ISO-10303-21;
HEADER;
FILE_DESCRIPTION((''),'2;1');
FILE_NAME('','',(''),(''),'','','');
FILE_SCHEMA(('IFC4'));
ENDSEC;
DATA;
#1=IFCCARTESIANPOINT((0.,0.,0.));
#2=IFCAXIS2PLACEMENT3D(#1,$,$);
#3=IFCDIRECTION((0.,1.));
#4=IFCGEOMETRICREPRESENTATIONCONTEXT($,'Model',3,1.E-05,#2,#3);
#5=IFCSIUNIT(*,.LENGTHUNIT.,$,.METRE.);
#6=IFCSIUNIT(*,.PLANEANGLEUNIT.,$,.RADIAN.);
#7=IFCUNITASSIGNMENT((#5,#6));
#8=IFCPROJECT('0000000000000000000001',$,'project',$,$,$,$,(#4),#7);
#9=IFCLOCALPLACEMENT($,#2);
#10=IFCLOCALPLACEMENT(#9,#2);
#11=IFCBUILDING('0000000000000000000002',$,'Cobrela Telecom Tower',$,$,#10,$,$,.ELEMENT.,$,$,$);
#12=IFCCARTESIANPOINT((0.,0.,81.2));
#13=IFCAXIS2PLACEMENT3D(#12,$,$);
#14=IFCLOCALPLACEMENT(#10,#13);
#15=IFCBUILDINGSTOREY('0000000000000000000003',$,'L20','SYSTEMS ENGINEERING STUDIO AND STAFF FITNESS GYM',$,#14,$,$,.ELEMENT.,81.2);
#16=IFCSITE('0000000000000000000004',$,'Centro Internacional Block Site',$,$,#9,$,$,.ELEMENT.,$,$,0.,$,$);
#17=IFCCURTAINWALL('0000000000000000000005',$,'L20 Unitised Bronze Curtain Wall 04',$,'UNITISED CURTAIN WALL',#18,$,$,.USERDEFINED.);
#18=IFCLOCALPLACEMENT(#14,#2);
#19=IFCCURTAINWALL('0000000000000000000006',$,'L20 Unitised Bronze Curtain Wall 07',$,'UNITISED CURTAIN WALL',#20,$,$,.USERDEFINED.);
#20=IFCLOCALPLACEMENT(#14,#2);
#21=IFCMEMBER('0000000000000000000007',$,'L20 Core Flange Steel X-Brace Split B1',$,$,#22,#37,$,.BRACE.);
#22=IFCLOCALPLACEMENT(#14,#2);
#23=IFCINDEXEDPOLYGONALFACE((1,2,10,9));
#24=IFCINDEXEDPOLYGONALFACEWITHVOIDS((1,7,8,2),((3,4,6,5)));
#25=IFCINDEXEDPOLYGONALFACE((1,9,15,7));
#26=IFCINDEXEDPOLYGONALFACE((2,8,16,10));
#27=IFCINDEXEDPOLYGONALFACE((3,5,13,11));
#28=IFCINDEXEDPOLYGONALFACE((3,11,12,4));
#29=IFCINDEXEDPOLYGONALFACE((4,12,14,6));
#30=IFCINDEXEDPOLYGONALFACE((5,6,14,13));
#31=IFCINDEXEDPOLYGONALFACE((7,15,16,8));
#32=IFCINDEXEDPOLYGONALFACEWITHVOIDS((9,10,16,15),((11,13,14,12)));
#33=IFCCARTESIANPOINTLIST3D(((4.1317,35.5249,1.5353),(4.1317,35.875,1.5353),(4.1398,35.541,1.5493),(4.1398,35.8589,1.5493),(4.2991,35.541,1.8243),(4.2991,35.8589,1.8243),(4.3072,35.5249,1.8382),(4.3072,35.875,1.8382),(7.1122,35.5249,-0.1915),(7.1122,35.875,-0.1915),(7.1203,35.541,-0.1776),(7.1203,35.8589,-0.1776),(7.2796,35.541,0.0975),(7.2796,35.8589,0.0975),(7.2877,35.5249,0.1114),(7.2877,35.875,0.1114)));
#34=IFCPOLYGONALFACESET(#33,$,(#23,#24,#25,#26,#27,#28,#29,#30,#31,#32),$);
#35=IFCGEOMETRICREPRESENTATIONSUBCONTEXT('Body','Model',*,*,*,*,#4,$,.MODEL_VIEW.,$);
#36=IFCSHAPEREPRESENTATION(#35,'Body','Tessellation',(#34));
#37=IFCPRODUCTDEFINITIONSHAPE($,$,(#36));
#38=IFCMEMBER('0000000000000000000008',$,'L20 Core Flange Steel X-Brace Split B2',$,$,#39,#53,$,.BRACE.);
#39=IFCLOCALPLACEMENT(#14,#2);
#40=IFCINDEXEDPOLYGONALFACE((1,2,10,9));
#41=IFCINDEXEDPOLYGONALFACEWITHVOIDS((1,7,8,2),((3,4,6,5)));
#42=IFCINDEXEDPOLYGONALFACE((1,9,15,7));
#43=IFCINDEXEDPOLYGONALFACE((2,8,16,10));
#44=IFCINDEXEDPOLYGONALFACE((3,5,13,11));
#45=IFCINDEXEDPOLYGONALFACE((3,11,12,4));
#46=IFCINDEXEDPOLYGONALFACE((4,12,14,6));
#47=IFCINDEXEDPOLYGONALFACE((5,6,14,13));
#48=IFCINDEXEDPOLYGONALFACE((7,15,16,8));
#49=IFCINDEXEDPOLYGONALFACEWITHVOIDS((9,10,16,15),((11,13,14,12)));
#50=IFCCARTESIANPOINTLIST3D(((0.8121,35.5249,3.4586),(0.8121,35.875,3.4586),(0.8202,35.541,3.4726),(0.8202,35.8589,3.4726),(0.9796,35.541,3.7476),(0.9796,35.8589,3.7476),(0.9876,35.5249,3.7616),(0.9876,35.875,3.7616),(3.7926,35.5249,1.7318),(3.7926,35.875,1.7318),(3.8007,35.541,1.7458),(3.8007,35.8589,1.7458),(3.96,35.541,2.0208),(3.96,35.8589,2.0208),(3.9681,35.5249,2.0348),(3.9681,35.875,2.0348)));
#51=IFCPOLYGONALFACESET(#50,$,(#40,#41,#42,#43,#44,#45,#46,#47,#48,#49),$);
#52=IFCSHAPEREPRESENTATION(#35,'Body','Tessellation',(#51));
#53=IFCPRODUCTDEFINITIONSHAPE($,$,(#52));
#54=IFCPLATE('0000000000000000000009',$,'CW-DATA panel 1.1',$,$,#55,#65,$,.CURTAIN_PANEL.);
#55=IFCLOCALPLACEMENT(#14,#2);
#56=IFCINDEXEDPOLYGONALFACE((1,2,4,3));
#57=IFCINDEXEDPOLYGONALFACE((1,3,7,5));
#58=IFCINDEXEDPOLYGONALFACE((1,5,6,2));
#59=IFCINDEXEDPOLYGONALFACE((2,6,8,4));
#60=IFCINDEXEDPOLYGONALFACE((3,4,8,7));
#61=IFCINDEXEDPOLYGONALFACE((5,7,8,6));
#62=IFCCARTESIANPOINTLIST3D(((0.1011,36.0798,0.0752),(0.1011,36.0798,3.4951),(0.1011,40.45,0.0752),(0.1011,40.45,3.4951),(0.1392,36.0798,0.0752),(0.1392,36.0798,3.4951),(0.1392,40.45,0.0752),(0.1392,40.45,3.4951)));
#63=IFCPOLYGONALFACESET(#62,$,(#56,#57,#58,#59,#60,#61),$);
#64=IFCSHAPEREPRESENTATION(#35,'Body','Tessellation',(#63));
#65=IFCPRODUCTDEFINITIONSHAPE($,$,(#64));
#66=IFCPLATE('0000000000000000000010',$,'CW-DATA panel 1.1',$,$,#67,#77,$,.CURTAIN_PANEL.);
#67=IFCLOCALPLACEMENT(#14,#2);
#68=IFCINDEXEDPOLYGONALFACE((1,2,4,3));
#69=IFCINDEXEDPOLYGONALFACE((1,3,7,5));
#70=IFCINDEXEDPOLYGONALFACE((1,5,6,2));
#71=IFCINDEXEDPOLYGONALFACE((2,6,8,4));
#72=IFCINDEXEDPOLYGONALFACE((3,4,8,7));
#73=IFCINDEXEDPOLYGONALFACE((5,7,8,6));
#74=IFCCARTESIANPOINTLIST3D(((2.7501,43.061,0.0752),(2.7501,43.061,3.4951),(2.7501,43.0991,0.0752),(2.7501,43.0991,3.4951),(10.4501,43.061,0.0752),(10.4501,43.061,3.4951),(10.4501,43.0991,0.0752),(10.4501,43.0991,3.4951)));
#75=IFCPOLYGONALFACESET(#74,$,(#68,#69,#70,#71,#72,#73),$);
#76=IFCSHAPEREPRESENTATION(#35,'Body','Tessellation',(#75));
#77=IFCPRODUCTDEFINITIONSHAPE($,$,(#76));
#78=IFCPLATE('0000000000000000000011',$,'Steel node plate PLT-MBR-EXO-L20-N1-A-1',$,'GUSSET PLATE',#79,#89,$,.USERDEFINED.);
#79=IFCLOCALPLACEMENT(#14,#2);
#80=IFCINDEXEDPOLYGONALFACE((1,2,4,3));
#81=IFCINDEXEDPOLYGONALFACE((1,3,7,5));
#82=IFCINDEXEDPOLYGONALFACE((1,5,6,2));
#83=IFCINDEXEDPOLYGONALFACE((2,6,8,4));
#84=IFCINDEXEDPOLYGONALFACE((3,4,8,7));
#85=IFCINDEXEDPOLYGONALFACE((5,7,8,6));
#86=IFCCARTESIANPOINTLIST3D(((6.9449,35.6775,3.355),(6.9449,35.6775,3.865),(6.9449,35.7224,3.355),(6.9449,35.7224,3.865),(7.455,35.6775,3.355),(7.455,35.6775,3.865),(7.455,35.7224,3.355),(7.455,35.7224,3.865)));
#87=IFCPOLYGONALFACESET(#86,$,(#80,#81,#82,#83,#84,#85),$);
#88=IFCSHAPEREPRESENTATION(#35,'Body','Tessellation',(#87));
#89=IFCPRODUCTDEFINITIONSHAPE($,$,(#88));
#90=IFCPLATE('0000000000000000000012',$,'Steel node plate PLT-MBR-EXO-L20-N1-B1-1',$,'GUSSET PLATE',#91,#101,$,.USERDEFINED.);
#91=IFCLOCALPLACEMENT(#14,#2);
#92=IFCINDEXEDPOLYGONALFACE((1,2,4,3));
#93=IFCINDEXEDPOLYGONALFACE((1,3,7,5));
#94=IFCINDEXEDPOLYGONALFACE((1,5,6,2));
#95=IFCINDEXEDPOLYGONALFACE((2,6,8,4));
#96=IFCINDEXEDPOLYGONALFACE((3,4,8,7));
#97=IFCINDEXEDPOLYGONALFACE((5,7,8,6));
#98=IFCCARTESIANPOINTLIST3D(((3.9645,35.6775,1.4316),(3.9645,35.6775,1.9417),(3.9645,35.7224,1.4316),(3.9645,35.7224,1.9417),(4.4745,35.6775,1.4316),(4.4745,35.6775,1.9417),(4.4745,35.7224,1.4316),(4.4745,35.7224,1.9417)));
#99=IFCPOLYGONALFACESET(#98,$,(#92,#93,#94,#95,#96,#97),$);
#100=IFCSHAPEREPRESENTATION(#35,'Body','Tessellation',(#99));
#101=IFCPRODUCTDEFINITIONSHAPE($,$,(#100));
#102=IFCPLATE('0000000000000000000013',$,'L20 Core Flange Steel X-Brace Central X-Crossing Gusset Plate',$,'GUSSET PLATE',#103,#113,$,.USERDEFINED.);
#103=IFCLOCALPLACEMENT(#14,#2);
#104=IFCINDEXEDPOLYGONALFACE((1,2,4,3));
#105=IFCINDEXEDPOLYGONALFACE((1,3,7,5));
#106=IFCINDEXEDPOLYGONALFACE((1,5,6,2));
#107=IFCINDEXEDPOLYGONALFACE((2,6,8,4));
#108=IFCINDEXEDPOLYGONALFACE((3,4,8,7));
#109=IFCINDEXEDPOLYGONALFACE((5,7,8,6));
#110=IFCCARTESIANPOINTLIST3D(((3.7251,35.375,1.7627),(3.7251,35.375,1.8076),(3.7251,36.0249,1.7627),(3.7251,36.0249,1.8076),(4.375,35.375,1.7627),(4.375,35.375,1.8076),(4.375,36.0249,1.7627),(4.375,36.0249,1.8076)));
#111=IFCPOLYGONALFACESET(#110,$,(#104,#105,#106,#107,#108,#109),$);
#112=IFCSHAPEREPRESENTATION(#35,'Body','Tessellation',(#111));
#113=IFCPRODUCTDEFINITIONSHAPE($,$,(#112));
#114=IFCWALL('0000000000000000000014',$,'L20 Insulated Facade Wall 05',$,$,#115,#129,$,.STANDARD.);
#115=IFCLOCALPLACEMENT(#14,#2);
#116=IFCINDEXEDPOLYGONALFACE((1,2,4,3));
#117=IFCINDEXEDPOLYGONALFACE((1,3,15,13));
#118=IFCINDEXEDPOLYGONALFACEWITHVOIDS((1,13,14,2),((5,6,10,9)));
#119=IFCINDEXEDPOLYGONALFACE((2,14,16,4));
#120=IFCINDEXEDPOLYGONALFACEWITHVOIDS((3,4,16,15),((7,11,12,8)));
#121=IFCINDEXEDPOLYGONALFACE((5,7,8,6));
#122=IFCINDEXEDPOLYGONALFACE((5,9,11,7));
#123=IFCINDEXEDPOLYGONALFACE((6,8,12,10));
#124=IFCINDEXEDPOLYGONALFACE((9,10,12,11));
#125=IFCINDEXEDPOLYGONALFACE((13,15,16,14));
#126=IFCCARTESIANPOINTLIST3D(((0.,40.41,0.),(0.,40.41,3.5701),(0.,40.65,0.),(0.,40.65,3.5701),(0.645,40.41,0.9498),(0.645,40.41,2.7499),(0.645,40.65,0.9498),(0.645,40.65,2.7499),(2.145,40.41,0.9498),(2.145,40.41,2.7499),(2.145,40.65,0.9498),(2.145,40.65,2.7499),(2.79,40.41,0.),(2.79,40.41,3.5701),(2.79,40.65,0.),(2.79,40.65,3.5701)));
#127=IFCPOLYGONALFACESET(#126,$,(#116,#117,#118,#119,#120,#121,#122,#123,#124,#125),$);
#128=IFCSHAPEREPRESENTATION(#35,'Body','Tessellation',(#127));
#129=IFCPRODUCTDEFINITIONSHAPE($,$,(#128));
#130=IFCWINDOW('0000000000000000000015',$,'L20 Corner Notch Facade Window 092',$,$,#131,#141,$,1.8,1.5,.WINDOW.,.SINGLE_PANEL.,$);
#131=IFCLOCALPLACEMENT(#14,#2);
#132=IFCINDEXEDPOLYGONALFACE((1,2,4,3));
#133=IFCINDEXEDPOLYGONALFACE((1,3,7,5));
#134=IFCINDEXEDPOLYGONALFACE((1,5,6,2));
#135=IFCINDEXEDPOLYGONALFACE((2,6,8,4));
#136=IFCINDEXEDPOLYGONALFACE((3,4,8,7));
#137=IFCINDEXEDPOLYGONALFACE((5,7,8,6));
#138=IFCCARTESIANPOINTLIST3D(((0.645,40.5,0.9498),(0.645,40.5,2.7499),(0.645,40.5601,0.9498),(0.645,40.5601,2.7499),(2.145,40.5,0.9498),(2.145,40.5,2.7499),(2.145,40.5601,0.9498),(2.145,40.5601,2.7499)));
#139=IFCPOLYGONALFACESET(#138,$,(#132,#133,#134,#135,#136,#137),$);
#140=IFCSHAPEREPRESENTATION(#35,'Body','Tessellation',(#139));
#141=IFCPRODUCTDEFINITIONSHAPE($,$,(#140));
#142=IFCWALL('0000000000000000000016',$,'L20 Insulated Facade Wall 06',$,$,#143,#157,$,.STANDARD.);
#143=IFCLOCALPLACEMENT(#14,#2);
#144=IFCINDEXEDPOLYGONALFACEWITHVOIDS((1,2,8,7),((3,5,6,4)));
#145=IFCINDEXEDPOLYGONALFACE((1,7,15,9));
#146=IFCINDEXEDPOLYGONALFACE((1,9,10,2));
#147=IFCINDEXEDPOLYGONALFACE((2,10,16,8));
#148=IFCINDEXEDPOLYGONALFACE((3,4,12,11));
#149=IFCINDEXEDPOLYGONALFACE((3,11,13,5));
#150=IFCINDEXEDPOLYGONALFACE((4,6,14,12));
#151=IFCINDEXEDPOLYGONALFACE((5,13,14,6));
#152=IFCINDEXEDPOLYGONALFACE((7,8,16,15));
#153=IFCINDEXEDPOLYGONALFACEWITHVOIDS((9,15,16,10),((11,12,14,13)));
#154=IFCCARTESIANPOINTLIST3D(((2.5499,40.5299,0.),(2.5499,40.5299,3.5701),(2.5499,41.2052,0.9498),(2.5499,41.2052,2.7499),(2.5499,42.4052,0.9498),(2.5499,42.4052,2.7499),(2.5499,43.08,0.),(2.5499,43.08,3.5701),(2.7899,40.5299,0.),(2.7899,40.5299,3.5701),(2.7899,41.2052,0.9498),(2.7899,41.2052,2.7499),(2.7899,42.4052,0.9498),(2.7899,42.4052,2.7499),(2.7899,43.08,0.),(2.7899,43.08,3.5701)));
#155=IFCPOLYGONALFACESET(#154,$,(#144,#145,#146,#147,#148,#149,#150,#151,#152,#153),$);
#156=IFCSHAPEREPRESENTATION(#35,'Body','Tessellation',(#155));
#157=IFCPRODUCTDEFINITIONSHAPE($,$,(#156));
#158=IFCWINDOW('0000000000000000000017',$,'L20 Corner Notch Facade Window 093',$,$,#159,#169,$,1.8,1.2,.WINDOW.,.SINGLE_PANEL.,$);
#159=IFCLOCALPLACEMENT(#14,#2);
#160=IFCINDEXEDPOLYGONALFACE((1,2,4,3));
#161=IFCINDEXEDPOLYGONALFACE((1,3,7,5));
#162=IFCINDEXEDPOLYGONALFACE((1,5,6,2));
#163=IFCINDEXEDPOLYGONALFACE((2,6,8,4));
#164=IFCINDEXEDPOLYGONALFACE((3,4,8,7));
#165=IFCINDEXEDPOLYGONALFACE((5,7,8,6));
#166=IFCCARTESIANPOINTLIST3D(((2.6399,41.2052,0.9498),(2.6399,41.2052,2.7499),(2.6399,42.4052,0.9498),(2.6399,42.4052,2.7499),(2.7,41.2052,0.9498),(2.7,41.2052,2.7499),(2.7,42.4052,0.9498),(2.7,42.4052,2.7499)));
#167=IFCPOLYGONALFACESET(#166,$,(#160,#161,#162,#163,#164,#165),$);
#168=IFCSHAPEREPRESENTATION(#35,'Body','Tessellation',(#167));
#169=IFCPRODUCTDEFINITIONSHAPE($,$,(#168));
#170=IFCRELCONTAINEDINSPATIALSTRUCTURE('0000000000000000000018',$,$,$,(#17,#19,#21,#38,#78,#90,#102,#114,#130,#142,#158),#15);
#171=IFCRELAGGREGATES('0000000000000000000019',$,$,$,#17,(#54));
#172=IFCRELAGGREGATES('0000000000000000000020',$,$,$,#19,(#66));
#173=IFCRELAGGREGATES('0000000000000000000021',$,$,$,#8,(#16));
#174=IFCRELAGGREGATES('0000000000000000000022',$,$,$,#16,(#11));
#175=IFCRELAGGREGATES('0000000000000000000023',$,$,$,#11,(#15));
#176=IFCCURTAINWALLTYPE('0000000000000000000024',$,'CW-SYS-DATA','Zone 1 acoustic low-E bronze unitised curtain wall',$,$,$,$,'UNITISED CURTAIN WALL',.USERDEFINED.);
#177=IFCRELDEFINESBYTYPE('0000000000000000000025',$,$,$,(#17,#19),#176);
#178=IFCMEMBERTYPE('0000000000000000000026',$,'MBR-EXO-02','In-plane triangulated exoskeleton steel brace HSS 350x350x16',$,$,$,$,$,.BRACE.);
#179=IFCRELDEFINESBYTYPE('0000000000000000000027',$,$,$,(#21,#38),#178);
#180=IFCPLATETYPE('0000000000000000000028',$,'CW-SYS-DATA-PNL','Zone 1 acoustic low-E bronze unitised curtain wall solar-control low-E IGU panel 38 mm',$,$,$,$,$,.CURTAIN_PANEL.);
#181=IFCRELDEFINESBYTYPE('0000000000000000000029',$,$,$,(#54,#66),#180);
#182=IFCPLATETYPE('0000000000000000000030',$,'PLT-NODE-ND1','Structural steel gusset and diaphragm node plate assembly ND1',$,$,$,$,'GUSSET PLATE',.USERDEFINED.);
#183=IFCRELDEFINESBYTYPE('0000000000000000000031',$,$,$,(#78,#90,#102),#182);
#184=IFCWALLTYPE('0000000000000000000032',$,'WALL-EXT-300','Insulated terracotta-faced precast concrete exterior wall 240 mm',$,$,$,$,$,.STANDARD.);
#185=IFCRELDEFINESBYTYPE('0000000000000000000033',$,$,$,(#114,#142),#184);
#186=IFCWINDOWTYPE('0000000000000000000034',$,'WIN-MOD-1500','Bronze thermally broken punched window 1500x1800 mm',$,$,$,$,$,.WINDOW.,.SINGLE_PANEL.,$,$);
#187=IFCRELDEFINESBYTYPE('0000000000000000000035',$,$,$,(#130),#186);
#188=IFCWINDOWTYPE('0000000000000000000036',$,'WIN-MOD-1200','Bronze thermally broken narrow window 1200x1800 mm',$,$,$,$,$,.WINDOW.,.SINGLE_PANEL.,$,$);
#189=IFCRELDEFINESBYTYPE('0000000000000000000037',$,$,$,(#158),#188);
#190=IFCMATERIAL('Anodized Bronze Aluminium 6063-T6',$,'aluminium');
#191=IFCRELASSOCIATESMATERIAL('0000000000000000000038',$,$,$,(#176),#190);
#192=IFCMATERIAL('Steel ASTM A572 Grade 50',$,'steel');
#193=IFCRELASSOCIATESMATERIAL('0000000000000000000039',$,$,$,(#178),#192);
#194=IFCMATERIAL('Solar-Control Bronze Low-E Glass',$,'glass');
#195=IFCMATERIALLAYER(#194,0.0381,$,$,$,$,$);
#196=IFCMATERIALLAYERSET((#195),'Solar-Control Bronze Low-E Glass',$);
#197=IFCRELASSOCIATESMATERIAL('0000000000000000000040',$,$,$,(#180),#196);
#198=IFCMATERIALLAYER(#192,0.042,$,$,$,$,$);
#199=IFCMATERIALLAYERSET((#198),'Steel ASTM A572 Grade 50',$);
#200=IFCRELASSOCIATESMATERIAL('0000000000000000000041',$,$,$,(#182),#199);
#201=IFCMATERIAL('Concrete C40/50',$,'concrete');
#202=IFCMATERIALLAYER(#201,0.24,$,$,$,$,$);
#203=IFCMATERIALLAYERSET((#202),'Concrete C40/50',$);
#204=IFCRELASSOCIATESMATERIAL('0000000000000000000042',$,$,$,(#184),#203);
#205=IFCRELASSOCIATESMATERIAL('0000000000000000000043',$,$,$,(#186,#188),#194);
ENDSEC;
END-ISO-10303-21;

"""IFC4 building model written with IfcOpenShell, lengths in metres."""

from ifc_helpers import new_model, si_unit, direction, frame, frame_2d, origin, origin_2d, place, context, subcontext, project, spatial, rectangle, hollow_rectangle, extrude, material, layer, layer_set, material_profile, profile_set, type_object, element, fill, aggregate, save


model = new_model("IFC4")

# Units and contexts
model_context = context("Model", 3, precision=1e-05, world=origin(), true_north=direction((0.0, 1.0)))
body_context = subcontext(model_context, "Body", "Model", "MODEL_VIEW")
ifc_project = project(units=[si_unit("LENGTHUNIT", "METRE"), si_unit("PLANEANGLEUNIT", "RADIAN")], contexts=[model_context])

# Site, building, storey
site_placement = place(None, origin())
site = spatial("IfcSite", under=ifc_project, at=site_placement, Name="Centro Internacional Block Site", CompositionType="ELEMENT", RefElevation=0.0)
building_placement = place(site_placement, origin())
building = spatial("IfcBuilding", under=site, at=building_placement, Name="Cobrela Telecom Tower", CompositionType="ELEMENT")
storey_placement = place(building_placement, frame((0.0, 0.0, 81.2)))
storey = spatial("IfcBuildingStorey", under=building, at=storey_placement, Name="L20", Description="SYSTEMS ENGINEERING STUDIO AND STAFF FITNESS GYM", CompositionType="ELEMENT", Elevation=81.2)

# Shared definitions
ifc_material_1 = material(Name="Steel ASTM A572 Grade 50", Category="steel")

# Curtain wall
ifc_material_2 = material(Name="Anodized Bronze Aluminium 6063-T6", Category="aluminium")
curtain_wall_type = type_object("IfcCurtainWallType", Name="CW-SYS-DATA", Description="Zone 1 acoustic low-E bronze unitised curtain wall", ElementType="UNITISED CURTAIN WALL", PredefinedType="USERDEFINED", material=ifc_material_2)
curtain_wall_1_placement = place(storey_placement, origin())
curtain_wall_1 = element("IfcCurtainWall", 1, at=curtain_wall_1_placement, inside=storey, type_object=curtain_wall_type, Name="L20 Unitised Bronze Curtain Wall 04", ObjectType="UNITISED CURTAIN WALL", PredefinedType="USERDEFINED")

# Curtain wall
curtain_wall_2_placement = place(storey_placement, origin())
curtain_wall_2 = element("IfcCurtainWall", 2, at=curtain_wall_2_placement, inside=storey, type_object=curtain_wall_type, Name="L20 Unitised Bronze Curtain Wall 07", ObjectType="UNITISED CURTAIN WALL", PredefinedType="USERDEFINED")

# Members
ifc_material_profile_1 = material_profile(ifc_material_1, hollow_rectangle(XDim=0.3501, YDim=0.3501, WallThickness=0.0161, at=origin_2d()), Name="HSS 350x350x16")
ifc_profile_set_1 = profile_set([ifc_material_profile_1], Name="Steel ASTM A572 Grade 50")
member_type_1 = type_object("IfcMemberType", Name="MBR-EXO-02", Description="In-plane triangulated exoskeleton steel brace HSS 350x350x16", PredefinedType="BRACE", material=ifc_profile_set_1)
for number, where, z_axis, x_axis, name in (
    (3, (7.2, 35.7, -0.04), (-0.865266, 0.0, 0.501313), (0.0, -1.0, 0.0), "L20 Core Flange Steel X-Brace Split B1"),
    (4, (3.8804, 35.7, 1.8833), (-0.865266, 0.0, 0.501313), (0.0, -1.0, 0.0), "L20 Core Flange Steel X-Brace Split B2"),
):
    element("IfcMember", number, at=place(storey_placement, frame(where, z_axis=z_axis, x_axis=x_axis)), inside=storey, type_object=member_type_1, Name=name, PredefinedType="BRACE", context=body_context, shape_type="SweptSolid", body=[
        extrude(hollow_rectangle(XDim=0.3501, YDim=0.3501, WallThickness=0.0161, at=origin_2d()), origin(), (0.0, 0.0, 1.0), 3.4446),
    ])

# Plates
ifc_material_3 = material(Name="Solar-Control Bronze Low-E Glass", Category="glass")
ifc_layer_1 = layer(ifc_material_3, 0.0381)
ifc_layer_set_1 = layer_set([ifc_layer_1], Name="Solar-Control Bronze Low-E Glass")
plate_type_1 = type_object("IfcPlateType", Name="CW-SYS-DATA-PNL", Description="Zone 1 acoustic low-E bronze unitised curtain wall solar-control low-E IGU panel 38 mm", PredefinedType="CURTAIN_PANEL", material=ifc_layer_set_1)
plate_1_placement = place(storey_placement, frame((0.1201, 38.2649, 0.0752), z_axis=(0.0, 0.0, 1.0), x_axis=(0.0, 1.0, 0.0)))
plate_1 = element("IfcPlate", 5, at=plate_1_placement, type_object=plate_type_1, Name="CW-DATA panel 1.1", PredefinedType="CURTAIN_PANEL", context=body_context, shape_type="SweptSolid", body=[
    extrude(rectangle(XDim=4.3701, YDim=0.0381, at=origin_2d()), origin(), (0.0, 0.0, 1.0), 3.4199),
])
aggregate(curtain_wall_1, [plate_1])
plate_2_placement = place(storey_placement, frame((6.6001, 43.0801, 0.0752), z_axis=(0.0, 0.0, 1.0), x_axis=(1.0, 0.0, 0.0)))
plate_2 = element("IfcPlate", 6, at=plate_2_placement, type_object=plate_type_1, Name="CW-DATA panel 1.1", PredefinedType="CURTAIN_PANEL", context=body_context, shape_type="SweptSolid", body=[
    extrude(rectangle(XDim=7.7, YDim=0.0381, at=origin_2d()), origin(), (0.0, 0.0, 1.0), 3.4199),
])
aggregate(curtain_wall_2, [plate_2])

# Plates
ifc_layer_2 = layer(ifc_material_1, 0.042)
ifc_layer_set_2 = layer_set([ifc_layer_2], Name="Steel ASTM A572 Grade 50")
plate_type_2 = type_object("IfcPlateType", Name="PLT-NODE-ND1", Description="Structural steel gusset and diaphragm node plate assembly ND1", ElementType="GUSSET PLATE", PredefinedType="USERDEFINED", material=ifc_layer_set_2)
for number, where, z_axis, x_axis, name in (
    (7, (7.2, 35.7, 3.355), (0.0, 0.0, 1.0), (1.0, 0.0, 0.0), "Steel node plate PLT-MBR-EXO-L20-N1-A-1"),
    (8, (4.2195, 35.7, 1.4316), (0.0, 0.0, 1.0), (-1.0, 0.0, 0.0), "Steel node plate PLT-MBR-EXO-L20-N1-B1-1"),
):
    element("IfcPlate", number, at=place(storey_placement, frame(where, z_axis=z_axis, x_axis=x_axis)), inside=storey, type_object=plate_type_2, Name=name, ObjectType="GUSSET PLATE", PredefinedType="USERDEFINED", context=body_context, shape_type="SweptSolid", body=[
        extrude(rectangle(XDim=0.51, YDim=0.0449, at=origin_2d()), origin(), (0.0, 0.0, 1.0), 0.51),
    ])
plate_3_placement = place(storey_placement, frame((4.05, 35.7, 1.7627), z_axis=(0.0, 0.0, 1.0), x_axis=(1.0, 0.0, 0.0)))
element("IfcPlate", 9, at=plate_3_placement, inside=storey, type_object=plate_type_2, Name="L20 Core Flange Steel X-Brace Central X-Crossing Gusset Plate", ObjectType="GUSSET PLATE", PredefinedType="USERDEFINED", context=body_context, shape_type="SweptSolid", body=[
    extrude(rectangle(XDim=0.6499, YDim=0.6499, at=origin_2d()), origin(), (0.0, 0.0, 1.0), 0.0449),
])

# Walls, openings, windows
ifc_material_4 = material(Name="Concrete C40/50", Category="concrete")
ifc_layer_3 = layer(ifc_material_4, 0.24)
ifc_layer_set_3 = layer_set([ifc_layer_3], Name="Concrete C40/50")
wall_type = type_object("IfcWallType", Name="WALL-EXT-300", Description="Insulated terracotta-faced precast concrete exterior wall 240 mm", PredefinedType="STANDARD", material=ifc_layer_set_3)
wall_1_placement = place(storey_placement, frame((0.0, 40.53, 0.0), z_axis=(0.0, 0.0, 1.0), x_axis=(1.0, 0.0, 0.0)))
wall_1 = element("IfcWall", 10, at=wall_1_placement, inside=storey, type_object=wall_type, Name="L20 Insulated Facade Wall 05", PredefinedType="STANDARD", context=body_context, shape_type="SweptSolid", body=[
    extrude(rectangle(XDim=2.79, YDim=0.24, at=frame_2d((1.395, 0.0))), origin(), (0.0, 0.0, 1.0), 3.5701),
])
opening_1_placement = place(wall_1_placement, frame((0.645, 0.0, 0.95)))
opening_1 = element("IfcOpeningElement", 11, at=opening_1_placement, cuts=wall_1, PredefinedType="OPENING", context=body_context, shape_type="SweptSolid", body=[
    extrude(rectangle(XDim=1.5, YDim=1.8, at=frame_2d((0.75, 0.8999))), frame((0.0, 0.1318, 0.0), z_axis=(0.0, -1.0, 0.0), x_axis=(1.0, 0.0, 0.0)), (0.0, 0.0, 1.0), 0.2639),
])
window_type_1 = type_object("IfcWindowType", Name="WIN-MOD-1500", Description="Bronze thermally broken punched window 1500x1800 mm", PartitioningType="SINGLE_PANEL", PredefinedType="WINDOW", material=ifc_material_3)
window_1_placement = place(opening_1_placement, origin())
window_1 = element("IfcWindow", 12, at=window_1_placement, inside=storey, type_object=window_type_1, Name="L20 Corner Notch Facade Window 092", OverallHeight=1.8, OverallWidth=1.5, PartitioningType="SINGLE_PANEL", PredefinedType="WINDOW", context=body_context, shape_type="SweptSolid", body=[
    extrude(rectangle(XDim=1.5, YDim=1.8, at=frame_2d((0.75, 0.8999))), frame((0.0, 0.03, 0.0), z_axis=(0.0, -1.0, 0.0), x_axis=(1.0, 0.0, 0.0)), (0.0, 0.0, 1.0), 0.0601),
])
fill(opening_1, window_1)
wall_2_placement = place(storey_placement, frame((2.6699, 40.53, 0.0), z_axis=(0.0, 0.0, 1.0), x_axis=(0.0, 1.0, 0.0)))
wall_2 = element("IfcWall", 13, at=wall_2_placement, inside=storey, type_object=wall_type, Name="L20 Insulated Facade Wall 06", PredefinedType="STANDARD", context=body_context, shape_type="SweptSolid", body=[
    extrude(rectangle(XDim=2.55, YDim=0.24, at=frame_2d((1.2749, 0.0))), origin(), (0.0, 0.0, 1.0), 3.5701),
])
opening_2_placement = place(wall_2_placement, frame((0.675, 0.0, 0.95)))
opening_2 = element("IfcOpeningElement", 14, at=opening_2_placement, cuts=wall_2, PredefinedType="OPENING", context=body_context, shape_type="SweptSolid", body=[
    extrude(rectangle(XDim=1.2, YDim=1.8, at=frame_2d((0.6001, 0.8999))), frame((0.0, 0.1318, 0.0), z_axis=(0.0, -1.0, 0.0), x_axis=(1.0, 0.0, 0.0)), (0.0, 0.0, 1.0), 0.2639),
])
window_type_2 = type_object("IfcWindowType", Name="WIN-MOD-1200", Description="Bronze thermally broken narrow window 1200x1800 mm", PartitioningType="SINGLE_PANEL", PredefinedType="WINDOW", material=ifc_material_3)
window_2_placement = place(opening_2_placement, origin())
window_2 = element("IfcWindow", 15, at=window_2_placement, inside=storey, type_object=window_type_2, Name="L20 Corner Notch Facade Window 093", OverallHeight=1.8, OverallWidth=1.2, PartitioningType="SINGLE_PANEL", PredefinedType="WINDOW", context=body_context, shape_type="SweptSolid", body=[
    extrude(rectangle(XDim=1.2, YDim=1.8, at=frame_2d((0.6001, 0.8999))), frame((0.0, 0.03, 0.0), z_axis=(0.0, -1.0, 0.0), x_axis=(1.0, 0.0, 0.0)), (0.0, 0.0, 1.0), 0.0601),
])
fill(opening_2, window_2)

save(model, "model.ifc")
